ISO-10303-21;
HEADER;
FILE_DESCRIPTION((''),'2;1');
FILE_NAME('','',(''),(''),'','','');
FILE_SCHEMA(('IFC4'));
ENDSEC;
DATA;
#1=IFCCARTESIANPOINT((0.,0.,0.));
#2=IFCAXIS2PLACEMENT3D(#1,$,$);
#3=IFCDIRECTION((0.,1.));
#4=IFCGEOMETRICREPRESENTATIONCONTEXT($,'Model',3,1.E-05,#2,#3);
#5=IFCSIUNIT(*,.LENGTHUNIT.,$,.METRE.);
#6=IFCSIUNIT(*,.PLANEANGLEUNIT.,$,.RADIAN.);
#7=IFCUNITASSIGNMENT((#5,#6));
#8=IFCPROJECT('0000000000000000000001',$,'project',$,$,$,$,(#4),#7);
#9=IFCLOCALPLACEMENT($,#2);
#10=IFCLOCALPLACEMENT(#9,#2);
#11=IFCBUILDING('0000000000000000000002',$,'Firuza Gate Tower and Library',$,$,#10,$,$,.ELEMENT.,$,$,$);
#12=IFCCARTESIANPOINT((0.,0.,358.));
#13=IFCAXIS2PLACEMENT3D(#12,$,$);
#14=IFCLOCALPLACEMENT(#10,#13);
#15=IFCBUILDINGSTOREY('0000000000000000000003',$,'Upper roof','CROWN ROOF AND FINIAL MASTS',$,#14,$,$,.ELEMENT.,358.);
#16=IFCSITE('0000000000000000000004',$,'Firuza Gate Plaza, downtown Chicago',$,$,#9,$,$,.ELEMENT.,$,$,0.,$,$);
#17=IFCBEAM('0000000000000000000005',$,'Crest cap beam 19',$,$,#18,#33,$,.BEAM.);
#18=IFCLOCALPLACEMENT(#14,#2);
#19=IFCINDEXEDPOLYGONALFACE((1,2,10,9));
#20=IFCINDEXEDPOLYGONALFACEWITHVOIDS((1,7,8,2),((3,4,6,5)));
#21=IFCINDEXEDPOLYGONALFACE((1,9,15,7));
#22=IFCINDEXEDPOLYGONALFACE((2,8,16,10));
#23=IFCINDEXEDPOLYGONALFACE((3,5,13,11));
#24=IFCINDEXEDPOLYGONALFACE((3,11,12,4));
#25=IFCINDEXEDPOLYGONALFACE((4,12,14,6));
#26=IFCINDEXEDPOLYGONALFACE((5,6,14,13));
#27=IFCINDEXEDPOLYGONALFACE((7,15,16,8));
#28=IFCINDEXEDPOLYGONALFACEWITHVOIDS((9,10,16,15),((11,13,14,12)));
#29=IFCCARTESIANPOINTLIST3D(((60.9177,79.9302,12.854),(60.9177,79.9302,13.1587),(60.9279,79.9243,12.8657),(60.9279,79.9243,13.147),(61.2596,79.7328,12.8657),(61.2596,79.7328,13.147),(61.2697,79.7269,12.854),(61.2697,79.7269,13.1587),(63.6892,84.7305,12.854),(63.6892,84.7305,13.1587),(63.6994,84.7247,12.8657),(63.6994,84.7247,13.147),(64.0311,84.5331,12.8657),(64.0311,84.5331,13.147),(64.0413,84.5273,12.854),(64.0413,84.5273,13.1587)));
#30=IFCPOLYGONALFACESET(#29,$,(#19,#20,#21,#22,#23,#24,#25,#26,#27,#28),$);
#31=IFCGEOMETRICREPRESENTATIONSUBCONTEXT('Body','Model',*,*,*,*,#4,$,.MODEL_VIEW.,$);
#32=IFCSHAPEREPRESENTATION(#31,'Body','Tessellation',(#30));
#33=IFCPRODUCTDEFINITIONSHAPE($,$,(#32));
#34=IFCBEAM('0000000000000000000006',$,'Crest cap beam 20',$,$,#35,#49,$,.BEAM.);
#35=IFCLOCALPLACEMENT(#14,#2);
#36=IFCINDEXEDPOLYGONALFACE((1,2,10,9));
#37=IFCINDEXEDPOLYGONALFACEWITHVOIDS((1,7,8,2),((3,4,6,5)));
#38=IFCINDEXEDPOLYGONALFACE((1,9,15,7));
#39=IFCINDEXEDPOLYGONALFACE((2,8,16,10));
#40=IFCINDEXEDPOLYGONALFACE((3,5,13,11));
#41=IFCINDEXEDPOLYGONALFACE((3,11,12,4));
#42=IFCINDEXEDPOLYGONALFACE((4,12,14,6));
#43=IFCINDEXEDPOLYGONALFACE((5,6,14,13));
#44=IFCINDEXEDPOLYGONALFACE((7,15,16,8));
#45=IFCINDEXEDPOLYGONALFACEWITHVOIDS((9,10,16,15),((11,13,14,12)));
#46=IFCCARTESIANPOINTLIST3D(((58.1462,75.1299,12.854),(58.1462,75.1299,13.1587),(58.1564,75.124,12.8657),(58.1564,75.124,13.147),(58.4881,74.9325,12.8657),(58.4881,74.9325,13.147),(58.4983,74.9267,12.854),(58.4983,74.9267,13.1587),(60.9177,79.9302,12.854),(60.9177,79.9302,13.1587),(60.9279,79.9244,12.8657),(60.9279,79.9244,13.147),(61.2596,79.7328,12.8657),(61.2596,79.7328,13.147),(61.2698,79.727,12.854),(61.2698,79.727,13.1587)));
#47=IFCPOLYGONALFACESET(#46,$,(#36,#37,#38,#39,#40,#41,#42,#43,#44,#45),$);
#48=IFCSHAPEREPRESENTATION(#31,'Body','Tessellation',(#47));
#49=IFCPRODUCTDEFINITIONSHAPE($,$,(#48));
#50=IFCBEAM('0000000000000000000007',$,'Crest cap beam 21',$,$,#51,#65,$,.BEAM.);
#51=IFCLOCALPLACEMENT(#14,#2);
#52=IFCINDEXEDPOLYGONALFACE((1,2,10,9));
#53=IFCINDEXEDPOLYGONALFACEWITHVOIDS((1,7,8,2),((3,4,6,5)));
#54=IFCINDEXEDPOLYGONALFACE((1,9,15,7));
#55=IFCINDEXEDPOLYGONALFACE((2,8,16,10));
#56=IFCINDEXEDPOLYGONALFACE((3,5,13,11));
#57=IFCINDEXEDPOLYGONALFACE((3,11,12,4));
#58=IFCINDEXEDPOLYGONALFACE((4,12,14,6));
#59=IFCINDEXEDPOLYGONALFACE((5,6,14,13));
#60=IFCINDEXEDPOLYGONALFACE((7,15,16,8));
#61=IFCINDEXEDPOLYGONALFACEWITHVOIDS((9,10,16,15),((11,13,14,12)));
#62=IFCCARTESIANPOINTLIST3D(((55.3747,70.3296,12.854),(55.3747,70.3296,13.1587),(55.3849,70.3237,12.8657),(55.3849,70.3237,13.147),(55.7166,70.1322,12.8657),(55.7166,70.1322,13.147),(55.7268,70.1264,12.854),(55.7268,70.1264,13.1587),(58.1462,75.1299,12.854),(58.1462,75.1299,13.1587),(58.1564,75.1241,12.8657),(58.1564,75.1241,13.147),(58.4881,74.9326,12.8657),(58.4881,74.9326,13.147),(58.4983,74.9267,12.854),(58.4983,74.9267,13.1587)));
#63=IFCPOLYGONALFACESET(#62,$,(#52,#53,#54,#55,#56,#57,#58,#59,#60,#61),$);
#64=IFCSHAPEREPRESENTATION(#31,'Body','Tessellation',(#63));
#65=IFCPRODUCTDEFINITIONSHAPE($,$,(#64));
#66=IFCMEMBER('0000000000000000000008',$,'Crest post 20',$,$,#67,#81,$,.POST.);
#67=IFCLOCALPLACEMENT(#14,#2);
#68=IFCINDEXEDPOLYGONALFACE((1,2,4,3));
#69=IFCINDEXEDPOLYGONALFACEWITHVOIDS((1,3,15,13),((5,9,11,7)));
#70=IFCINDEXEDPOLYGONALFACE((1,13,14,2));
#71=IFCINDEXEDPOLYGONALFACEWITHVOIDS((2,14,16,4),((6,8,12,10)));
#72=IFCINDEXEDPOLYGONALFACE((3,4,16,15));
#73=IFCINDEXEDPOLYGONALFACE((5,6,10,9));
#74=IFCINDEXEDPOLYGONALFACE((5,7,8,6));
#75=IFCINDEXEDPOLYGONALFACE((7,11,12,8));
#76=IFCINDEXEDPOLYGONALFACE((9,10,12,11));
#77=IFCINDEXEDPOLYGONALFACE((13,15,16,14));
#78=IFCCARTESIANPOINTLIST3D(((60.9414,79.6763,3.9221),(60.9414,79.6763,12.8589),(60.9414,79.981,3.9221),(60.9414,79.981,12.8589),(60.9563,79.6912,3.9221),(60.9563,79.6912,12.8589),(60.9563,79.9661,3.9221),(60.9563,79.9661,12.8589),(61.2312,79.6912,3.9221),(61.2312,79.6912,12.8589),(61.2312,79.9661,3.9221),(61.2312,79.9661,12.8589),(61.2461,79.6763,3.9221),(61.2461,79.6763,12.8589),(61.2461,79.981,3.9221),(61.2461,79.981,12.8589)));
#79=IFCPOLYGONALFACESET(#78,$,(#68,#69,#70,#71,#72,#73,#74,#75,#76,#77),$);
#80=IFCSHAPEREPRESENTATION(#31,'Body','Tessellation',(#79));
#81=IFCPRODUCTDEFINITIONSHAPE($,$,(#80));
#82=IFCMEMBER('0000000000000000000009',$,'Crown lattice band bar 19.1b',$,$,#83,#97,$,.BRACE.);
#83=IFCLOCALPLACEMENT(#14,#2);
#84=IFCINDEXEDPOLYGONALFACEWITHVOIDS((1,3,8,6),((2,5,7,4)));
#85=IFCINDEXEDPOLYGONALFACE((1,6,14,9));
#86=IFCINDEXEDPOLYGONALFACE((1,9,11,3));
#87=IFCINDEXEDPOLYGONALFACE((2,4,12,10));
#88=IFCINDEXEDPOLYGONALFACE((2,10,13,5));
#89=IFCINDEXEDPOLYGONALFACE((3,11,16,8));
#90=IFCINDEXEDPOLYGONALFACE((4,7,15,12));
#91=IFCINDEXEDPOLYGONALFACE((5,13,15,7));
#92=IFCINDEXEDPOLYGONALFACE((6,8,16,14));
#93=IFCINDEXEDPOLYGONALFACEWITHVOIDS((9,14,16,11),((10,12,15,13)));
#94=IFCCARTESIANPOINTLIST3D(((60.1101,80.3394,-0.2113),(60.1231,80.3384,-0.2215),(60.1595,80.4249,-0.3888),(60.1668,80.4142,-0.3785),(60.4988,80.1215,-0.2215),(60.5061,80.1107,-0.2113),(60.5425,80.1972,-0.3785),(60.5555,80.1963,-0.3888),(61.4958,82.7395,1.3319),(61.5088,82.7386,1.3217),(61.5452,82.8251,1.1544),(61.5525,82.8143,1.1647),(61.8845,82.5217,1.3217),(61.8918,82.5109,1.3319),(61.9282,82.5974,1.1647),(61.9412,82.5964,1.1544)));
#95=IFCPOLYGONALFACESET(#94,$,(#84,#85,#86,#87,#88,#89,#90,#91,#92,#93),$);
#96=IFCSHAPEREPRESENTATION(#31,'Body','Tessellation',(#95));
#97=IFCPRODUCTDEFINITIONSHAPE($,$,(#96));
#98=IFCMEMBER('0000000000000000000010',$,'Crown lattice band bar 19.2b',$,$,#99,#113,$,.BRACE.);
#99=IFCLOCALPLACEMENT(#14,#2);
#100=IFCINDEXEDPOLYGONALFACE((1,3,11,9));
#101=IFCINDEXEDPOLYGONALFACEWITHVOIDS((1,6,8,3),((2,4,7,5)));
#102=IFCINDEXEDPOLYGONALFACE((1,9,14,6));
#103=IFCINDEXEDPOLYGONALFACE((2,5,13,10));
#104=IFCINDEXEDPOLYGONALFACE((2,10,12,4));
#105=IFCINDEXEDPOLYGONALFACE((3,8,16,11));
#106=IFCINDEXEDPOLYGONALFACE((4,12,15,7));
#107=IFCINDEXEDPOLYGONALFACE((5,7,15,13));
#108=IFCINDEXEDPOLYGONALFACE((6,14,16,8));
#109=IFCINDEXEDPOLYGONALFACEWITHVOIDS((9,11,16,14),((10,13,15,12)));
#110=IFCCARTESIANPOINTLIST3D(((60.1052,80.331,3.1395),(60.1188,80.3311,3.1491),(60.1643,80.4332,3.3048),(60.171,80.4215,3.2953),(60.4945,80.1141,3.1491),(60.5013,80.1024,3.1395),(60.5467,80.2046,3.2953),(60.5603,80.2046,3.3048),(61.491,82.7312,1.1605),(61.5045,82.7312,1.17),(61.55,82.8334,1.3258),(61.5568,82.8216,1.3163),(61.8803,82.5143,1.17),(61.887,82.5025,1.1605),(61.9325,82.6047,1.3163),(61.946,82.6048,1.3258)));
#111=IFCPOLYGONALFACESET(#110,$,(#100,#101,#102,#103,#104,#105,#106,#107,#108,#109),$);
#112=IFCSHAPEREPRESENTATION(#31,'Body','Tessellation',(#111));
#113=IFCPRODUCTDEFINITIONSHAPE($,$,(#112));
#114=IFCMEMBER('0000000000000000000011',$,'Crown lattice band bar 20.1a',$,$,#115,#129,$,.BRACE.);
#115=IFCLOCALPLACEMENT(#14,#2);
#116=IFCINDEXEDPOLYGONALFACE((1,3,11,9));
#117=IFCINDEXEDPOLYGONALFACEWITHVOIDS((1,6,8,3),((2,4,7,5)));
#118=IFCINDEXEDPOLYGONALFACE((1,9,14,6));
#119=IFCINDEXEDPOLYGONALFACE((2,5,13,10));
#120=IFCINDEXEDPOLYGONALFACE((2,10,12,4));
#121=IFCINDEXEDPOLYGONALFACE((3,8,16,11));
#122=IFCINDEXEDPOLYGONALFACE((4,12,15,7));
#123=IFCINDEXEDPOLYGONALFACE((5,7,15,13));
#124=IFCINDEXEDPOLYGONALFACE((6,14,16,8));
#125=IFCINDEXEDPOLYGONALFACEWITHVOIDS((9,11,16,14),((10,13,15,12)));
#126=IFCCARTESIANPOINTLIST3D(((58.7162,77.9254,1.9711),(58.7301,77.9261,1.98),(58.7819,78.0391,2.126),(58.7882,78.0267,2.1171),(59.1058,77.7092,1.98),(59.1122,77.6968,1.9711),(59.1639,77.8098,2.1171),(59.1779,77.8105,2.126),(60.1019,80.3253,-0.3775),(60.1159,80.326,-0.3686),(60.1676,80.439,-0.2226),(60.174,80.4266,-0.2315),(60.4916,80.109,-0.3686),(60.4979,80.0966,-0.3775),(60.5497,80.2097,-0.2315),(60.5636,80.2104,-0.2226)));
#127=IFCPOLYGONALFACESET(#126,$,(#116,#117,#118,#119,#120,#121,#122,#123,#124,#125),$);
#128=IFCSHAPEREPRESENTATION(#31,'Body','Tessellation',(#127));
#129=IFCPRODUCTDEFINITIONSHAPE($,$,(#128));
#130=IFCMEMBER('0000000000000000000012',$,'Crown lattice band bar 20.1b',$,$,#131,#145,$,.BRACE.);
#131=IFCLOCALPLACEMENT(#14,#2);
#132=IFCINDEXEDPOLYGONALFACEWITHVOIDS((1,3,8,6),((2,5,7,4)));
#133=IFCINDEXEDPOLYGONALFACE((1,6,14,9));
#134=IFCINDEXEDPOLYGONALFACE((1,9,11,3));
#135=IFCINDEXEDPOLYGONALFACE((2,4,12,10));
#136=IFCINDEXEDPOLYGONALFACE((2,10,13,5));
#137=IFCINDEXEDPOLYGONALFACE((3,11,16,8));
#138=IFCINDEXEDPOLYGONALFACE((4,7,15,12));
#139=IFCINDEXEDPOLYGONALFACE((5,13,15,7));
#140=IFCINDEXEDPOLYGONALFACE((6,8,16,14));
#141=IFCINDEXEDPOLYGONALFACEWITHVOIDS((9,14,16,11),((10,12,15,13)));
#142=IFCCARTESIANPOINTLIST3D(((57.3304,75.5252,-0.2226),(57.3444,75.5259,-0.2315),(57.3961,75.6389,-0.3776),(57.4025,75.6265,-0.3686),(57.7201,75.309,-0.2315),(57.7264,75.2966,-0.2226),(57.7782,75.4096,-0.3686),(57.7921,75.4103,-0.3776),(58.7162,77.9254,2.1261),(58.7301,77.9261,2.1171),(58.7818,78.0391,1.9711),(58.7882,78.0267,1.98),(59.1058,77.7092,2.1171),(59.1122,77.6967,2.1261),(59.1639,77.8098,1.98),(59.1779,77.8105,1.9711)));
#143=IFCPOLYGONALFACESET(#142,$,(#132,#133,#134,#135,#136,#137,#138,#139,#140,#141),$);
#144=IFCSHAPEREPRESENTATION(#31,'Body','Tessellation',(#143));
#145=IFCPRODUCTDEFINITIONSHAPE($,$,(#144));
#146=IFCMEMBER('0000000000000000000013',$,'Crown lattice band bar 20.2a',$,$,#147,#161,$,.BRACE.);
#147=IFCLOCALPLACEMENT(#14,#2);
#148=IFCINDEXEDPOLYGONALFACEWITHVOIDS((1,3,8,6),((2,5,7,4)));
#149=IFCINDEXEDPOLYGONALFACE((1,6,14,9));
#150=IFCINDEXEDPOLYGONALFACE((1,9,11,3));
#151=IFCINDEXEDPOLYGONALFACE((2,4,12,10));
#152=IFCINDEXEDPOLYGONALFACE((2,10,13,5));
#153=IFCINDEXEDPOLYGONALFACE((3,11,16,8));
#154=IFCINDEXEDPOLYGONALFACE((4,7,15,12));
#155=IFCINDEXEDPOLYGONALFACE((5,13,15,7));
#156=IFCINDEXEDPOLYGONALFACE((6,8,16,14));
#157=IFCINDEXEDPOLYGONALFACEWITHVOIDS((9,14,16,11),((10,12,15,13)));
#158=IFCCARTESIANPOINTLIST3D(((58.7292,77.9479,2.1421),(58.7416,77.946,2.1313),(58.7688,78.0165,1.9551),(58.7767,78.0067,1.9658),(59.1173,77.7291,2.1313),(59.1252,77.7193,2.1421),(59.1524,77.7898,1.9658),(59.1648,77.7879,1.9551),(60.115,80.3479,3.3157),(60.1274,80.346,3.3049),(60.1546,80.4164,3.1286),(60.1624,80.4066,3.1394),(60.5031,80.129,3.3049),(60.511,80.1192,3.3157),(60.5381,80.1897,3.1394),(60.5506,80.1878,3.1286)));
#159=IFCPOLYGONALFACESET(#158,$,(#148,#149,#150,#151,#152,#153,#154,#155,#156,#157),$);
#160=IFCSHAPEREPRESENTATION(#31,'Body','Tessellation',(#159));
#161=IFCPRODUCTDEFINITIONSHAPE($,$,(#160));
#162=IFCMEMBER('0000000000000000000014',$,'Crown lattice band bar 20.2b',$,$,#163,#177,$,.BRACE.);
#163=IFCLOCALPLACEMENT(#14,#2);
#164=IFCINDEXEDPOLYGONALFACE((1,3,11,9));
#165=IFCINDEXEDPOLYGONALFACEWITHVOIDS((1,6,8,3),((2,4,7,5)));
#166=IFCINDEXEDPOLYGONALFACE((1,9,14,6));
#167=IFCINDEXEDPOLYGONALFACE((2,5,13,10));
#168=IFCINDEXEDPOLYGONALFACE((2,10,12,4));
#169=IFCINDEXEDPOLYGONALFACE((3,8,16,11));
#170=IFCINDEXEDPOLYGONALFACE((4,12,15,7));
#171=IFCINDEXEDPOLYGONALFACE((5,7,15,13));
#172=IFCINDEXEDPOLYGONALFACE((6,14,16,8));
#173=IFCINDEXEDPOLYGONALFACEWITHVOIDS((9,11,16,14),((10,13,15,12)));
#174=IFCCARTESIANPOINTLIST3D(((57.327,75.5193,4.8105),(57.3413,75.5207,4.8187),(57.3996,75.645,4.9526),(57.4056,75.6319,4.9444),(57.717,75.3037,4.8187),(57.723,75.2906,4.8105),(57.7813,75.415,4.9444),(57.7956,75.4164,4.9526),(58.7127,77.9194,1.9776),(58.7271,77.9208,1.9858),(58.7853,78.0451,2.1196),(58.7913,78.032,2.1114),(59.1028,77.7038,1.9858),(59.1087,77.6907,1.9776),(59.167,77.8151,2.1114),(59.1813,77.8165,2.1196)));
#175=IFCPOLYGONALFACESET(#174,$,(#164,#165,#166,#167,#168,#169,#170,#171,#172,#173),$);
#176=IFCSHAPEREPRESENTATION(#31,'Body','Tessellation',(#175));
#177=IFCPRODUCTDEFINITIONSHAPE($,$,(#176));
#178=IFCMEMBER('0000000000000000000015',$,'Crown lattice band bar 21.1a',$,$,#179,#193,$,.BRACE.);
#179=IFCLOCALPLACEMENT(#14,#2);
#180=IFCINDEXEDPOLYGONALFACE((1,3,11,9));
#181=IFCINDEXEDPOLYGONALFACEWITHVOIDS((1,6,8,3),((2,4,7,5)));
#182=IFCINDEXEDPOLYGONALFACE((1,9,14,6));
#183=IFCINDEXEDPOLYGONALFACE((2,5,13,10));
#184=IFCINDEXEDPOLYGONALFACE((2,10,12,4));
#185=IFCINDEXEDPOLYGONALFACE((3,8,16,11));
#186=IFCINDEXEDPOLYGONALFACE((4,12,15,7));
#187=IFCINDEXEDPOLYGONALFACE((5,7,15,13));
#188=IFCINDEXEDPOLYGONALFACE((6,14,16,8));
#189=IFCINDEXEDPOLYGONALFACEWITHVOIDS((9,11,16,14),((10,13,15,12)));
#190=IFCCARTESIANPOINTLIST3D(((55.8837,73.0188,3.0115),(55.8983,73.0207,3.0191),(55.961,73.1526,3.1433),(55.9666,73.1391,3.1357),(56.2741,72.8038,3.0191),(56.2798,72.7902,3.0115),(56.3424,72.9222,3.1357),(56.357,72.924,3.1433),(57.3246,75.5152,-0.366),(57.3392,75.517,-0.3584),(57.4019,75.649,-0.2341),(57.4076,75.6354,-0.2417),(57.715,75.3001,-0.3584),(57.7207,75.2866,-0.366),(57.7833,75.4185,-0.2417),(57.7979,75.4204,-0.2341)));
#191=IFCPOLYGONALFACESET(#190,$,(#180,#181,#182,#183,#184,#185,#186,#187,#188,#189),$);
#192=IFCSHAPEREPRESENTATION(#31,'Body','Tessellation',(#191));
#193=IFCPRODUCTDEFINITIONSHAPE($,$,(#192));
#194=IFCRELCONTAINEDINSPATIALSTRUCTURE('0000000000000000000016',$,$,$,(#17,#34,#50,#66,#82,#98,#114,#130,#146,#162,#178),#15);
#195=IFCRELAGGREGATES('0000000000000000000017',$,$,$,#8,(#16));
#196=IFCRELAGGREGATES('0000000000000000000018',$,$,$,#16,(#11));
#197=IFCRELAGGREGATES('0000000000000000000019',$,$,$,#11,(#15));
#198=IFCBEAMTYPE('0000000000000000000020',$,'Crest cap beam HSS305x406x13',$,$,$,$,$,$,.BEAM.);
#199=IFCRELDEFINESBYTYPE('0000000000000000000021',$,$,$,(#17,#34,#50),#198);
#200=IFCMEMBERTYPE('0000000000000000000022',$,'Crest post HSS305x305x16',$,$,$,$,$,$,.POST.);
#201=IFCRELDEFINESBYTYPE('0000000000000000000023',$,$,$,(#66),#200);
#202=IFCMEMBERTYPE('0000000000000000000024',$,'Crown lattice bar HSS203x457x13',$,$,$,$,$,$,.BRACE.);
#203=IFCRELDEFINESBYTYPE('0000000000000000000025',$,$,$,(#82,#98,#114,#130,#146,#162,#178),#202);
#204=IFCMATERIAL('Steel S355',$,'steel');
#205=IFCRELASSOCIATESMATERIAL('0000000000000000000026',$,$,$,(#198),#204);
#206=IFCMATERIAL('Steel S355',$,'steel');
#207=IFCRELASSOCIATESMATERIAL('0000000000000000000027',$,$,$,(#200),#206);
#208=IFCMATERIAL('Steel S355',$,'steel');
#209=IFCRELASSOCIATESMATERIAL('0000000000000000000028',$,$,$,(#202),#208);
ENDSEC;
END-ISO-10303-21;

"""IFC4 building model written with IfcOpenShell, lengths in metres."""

from ifc_helpers import new_model, si_unit, direction, frame, origin, origin_2d, place, context, subcontext, project, spatial, hollow_rectangle, extrude, material, material_profile, profile_set, type_object, element, save


model = new_model("IFC4")

# Units and contexts
model_context = context("Model", 3, precision=1e-05, world=origin(), true_north=direction((0.0, 1.0)))
body_context = subcontext(model_context, "Body", "Model", "MODEL_VIEW")
ifc_project = project(units=[si_unit("LENGTHUNIT", "METRE"), si_unit("PLANEANGLEUNIT", "RADIAN")], contexts=[model_context])

# Site, building, storey
site_placement = place(None, origin())
site = spatial("IfcSite", under=ifc_project, at=site_placement, Name="Firuza Gate Plaza, downtown Chicago", CompositionType="ELEMENT", RefElevation=0.0)
building_placement = place(site_placement, origin())
building = spatial("IfcBuilding", under=site, at=building_placement, Name="Firuza Gate Tower and Library", CompositionType="ELEMENT")
storey_placement = place(building_placement, frame((0.0, 0.0, 358.0)))
storey = spatial("IfcBuildingStorey", under=building, at=storey_placement, Name="Upper roof", Description="CROWN ROOF AND FINIAL MASTS", CompositionType="ELEMENT", Elevation=358.0)

# Beams
ifc_material_1 = material(Name="Steel S355", Category="steel")
ifc_material_profile_1 = material_profile(ifc_material_1, hollow_rectangle(XDim=0.4065, YDim=0.3047, WallThickness=0.0117, at=origin_2d()))
ifc_profile_set_1 = profile_set([ifc_material_profile_1], Name="Steel S355")
beam_type_1 = type_object("IfcBeamType", Name="Crest cap beam HSS305x406x13", PredefinedType="BEAM", material=ifc_profile_set_1)
for number, where, z_axis, x_axis, name in (
    (1, (63.8652, 84.6289, 13.0063), (-0.500005, -0.866023, 0.0), (0.866023, -0.500005, 0.0), "Crest cap beam 19"),
    (2, (61.0938, 79.8286, 13.0063), (-0.500005, -0.866023, 0.0), (0.866023, -0.500005, 0.0), "Crest cap beam 20"),
    (3, (58.3223, 75.0283, 13.0063), (-0.500005, -0.866023, 0.0), (0.866023, -0.500005, 0.0), "Crest cap beam 21"),
):
    element("IfcBeam", number, at=place(storey_placement, frame(where, z_axis=z_axis, x_axis=x_axis)), inside=storey, type_object=beam_type_1, Name=name, PredefinedType="BEAM", context=body_context, shape_type="SweptSolid", body=[
        extrude(hollow_rectangle(XDim=0.4065, YDim=0.3047, WallThickness=0.0117, at=origin_2d()), origin(), (0.0, 0.0, 1.0), 5.543),
    ])

# Members
ifc_material_2 = material(Name="Steel S355", Category="steel")
ifc_material_profile_2 = material_profile(ifc_material_2, hollow_rectangle(XDim=0.3047, YDim=0.3047, WallThickness=0.0149, at=origin_2d()))
ifc_profile_set_2 = profile_set([ifc_material_profile_2], Name="Steel S355")
member_type_1 = type_object("IfcMemberType", Name="Crest post HSS305x305x16", PredefinedType="POST", material=ifc_profile_set_2)
member_1_placement = place(storey_placement, frame((61.0938, 79.8286, 3.9221), z_axis=(0.0, 0.0, 1.0), x_axis=(1.0, 0.0, 0.0)))
element("IfcMember", 4, at=member_1_placement, inside=storey, type_object=member_type_1, Name="Crest post 20", PredefinedType="POST", context=body_context, shape_type="SweptSolid", body=[
    extrude(hollow_rectangle(XDim=0.3047, YDim=0.3047, WallThickness=0.0149, at=origin_2d()), origin(), (0.0, 0.0, 1.0), 8.9368),
])
ifc_material_3 = material(Name="Steel S355", Category="steel")
ifc_material_profile_3 = material_profile(ifc_material_3, hollow_rectangle(XDim=0.4573, YDim=0.2031, WallThickness=0.0117, at=origin_2d()))
ifc_profile_set_3 = profile_set([ifc_material_profile_3], Name="Steel S355")
member_type_2 = type_object("IfcMemberType", Name="Crown lattice bar HSS203x457x13", PredefinedType="BRACE", material=ifc_profile_set_3)
member_2_placement = place(storey_placement, frame((61.7185, 82.668, 1.2432), z_axis=(-0.436847, -0.756633, -0.486489), x_axis=(0.866023, -0.500005, 0.0)))
element("IfcMember", 5, at=member_2_placement, inside=storey, type_object=member_type_2, Name="Crown lattice band bar 19.1b", PredefinedType="BRACE", context=body_context, shape_type="SweptSolid", body=[
    extrude(hollow_rectangle(XDim=0.4573, YDim=0.2031, WallThickness=0.0117, at=origin_2d()), origin(), (0.0, 0.0, 1.0), 3.1721),
])
member_3_placement = place(storey_placement, frame((61.7185, 82.668, 1.2432), z_axis=(-0.406913, -0.704785, 0.58112), x_axis=(0.866023, -0.500005, 0.0)))
element("IfcMember", 6, at=member_3_placement, inside=storey, type_object=member_type_2, Name="Crown lattice band bar 19.2b", PredefinedType="BRACE", context=body_context, shape_type="SweptSolid", body=[
    extrude(hollow_rectangle(XDim=0.4573, YDim=0.2031, WallThickness=0.0117, at=origin_2d()), origin(), (0.0, 0.0, 1.0), 3.4055),
])
member_4_placement = place(storey_placement, frame((60.3328, 80.2678, -0.3), z_axis=(-0.381472, -0.660654, 0.646541), x_axis=(0.866001, -0.500043, 0.0)))
element("IfcMember", 7, at=member_4_placement, inside=storey, type_object=member_type_2, Name="Crown lattice band bar 20.1a", PredefinedType="BRACE", context=body_context, shape_type="SweptSolid", body=[
    extrude(hollow_rectangle(XDim=0.4573, YDim=0.2031, WallThickness=0.0117, at=origin_2d()), origin(), (0.0, 0.0, 1.0), 3.6326),
])
member_5_placement = place(storey_placement, frame((58.947, 77.8679, 2.0486), z_axis=(-0.381455, -0.660692, -0.646512), x_axis=(0.866023, -0.500005, 0.0)))
element("IfcMember", 8, at=member_5_placement, inside=storey, type_object=member_type_2, Name="Crown lattice band bar 20.1b", PredefinedType="BRACE", context=body_context, shape_type="SweptSolid", body=[
    extrude(hollow_rectangle(XDim=0.4573, YDim=0.2031, WallThickness=0.0117, at=origin_2d()), origin(), (0.0, 0.0, 1.0), 3.6328),
])
member_6_placement = place(storey_placement, frame((60.3328, 80.2678, 3.2222), z_axis=(-0.460455, -0.797441, -0.389959), x_axis=(0.866001, -0.500043, 0.0)))
element("IfcMember", 9, at=member_6_placement, inside=storey, type_object=member_type_2, Name="Crown lattice band bar 20.2a", PredefinedType="BRACE", context=body_context, shape_type="SweptSolid", body=[
    extrude(hollow_rectangle(XDim=0.4573, YDim=0.2031, WallThickness=0.0117, at=origin_2d()), origin(), (0.0, 0.0, 1.0), 3.0095),
])
member_7_placement = place(storey_placement, frame((58.947, 77.8679, 2.0486), z_axis=(-0.349653, -0.605609, 0.714829), x_axis=(0.866023, -0.500005, 0.0)))
element("IfcMember", 10, at=member_7_placement, inside=storey, type_object=member_type_2, Name="Crown lattice band bar 20.2b", PredefinedType="BRACE", context=body_context, shape_type="SweptSolid", body=[
    extrude(hollow_rectangle(XDim=0.4573, YDim=0.2031, WallThickness=0.0117, at=origin_2d()), origin(), (0.0, 0.0, 1.0), 3.9631),
])
member_8_placement = place(storey_placement, frame((57.5613, 75.4678, -0.3), z_axis=(-0.324519, -0.562217, 0.760657), x_axis=(0.866077, -0.499911, 0.0)))
element("IfcMember", 11, at=member_8_placement, inside=storey, type_object=member_type_2, Name="Crown lattice band bar 21.1a", PredefinedType="BRACE", context=body_context, shape_type="SweptSolid", body=[
    extrude(hollow_rectangle(XDim=0.4573, YDim=0.2031, WallThickness=0.0117, at=origin_2d()), origin(), (0.0, 0.0, 1.0), 4.4402),
])

save(model, "model.ifc")
